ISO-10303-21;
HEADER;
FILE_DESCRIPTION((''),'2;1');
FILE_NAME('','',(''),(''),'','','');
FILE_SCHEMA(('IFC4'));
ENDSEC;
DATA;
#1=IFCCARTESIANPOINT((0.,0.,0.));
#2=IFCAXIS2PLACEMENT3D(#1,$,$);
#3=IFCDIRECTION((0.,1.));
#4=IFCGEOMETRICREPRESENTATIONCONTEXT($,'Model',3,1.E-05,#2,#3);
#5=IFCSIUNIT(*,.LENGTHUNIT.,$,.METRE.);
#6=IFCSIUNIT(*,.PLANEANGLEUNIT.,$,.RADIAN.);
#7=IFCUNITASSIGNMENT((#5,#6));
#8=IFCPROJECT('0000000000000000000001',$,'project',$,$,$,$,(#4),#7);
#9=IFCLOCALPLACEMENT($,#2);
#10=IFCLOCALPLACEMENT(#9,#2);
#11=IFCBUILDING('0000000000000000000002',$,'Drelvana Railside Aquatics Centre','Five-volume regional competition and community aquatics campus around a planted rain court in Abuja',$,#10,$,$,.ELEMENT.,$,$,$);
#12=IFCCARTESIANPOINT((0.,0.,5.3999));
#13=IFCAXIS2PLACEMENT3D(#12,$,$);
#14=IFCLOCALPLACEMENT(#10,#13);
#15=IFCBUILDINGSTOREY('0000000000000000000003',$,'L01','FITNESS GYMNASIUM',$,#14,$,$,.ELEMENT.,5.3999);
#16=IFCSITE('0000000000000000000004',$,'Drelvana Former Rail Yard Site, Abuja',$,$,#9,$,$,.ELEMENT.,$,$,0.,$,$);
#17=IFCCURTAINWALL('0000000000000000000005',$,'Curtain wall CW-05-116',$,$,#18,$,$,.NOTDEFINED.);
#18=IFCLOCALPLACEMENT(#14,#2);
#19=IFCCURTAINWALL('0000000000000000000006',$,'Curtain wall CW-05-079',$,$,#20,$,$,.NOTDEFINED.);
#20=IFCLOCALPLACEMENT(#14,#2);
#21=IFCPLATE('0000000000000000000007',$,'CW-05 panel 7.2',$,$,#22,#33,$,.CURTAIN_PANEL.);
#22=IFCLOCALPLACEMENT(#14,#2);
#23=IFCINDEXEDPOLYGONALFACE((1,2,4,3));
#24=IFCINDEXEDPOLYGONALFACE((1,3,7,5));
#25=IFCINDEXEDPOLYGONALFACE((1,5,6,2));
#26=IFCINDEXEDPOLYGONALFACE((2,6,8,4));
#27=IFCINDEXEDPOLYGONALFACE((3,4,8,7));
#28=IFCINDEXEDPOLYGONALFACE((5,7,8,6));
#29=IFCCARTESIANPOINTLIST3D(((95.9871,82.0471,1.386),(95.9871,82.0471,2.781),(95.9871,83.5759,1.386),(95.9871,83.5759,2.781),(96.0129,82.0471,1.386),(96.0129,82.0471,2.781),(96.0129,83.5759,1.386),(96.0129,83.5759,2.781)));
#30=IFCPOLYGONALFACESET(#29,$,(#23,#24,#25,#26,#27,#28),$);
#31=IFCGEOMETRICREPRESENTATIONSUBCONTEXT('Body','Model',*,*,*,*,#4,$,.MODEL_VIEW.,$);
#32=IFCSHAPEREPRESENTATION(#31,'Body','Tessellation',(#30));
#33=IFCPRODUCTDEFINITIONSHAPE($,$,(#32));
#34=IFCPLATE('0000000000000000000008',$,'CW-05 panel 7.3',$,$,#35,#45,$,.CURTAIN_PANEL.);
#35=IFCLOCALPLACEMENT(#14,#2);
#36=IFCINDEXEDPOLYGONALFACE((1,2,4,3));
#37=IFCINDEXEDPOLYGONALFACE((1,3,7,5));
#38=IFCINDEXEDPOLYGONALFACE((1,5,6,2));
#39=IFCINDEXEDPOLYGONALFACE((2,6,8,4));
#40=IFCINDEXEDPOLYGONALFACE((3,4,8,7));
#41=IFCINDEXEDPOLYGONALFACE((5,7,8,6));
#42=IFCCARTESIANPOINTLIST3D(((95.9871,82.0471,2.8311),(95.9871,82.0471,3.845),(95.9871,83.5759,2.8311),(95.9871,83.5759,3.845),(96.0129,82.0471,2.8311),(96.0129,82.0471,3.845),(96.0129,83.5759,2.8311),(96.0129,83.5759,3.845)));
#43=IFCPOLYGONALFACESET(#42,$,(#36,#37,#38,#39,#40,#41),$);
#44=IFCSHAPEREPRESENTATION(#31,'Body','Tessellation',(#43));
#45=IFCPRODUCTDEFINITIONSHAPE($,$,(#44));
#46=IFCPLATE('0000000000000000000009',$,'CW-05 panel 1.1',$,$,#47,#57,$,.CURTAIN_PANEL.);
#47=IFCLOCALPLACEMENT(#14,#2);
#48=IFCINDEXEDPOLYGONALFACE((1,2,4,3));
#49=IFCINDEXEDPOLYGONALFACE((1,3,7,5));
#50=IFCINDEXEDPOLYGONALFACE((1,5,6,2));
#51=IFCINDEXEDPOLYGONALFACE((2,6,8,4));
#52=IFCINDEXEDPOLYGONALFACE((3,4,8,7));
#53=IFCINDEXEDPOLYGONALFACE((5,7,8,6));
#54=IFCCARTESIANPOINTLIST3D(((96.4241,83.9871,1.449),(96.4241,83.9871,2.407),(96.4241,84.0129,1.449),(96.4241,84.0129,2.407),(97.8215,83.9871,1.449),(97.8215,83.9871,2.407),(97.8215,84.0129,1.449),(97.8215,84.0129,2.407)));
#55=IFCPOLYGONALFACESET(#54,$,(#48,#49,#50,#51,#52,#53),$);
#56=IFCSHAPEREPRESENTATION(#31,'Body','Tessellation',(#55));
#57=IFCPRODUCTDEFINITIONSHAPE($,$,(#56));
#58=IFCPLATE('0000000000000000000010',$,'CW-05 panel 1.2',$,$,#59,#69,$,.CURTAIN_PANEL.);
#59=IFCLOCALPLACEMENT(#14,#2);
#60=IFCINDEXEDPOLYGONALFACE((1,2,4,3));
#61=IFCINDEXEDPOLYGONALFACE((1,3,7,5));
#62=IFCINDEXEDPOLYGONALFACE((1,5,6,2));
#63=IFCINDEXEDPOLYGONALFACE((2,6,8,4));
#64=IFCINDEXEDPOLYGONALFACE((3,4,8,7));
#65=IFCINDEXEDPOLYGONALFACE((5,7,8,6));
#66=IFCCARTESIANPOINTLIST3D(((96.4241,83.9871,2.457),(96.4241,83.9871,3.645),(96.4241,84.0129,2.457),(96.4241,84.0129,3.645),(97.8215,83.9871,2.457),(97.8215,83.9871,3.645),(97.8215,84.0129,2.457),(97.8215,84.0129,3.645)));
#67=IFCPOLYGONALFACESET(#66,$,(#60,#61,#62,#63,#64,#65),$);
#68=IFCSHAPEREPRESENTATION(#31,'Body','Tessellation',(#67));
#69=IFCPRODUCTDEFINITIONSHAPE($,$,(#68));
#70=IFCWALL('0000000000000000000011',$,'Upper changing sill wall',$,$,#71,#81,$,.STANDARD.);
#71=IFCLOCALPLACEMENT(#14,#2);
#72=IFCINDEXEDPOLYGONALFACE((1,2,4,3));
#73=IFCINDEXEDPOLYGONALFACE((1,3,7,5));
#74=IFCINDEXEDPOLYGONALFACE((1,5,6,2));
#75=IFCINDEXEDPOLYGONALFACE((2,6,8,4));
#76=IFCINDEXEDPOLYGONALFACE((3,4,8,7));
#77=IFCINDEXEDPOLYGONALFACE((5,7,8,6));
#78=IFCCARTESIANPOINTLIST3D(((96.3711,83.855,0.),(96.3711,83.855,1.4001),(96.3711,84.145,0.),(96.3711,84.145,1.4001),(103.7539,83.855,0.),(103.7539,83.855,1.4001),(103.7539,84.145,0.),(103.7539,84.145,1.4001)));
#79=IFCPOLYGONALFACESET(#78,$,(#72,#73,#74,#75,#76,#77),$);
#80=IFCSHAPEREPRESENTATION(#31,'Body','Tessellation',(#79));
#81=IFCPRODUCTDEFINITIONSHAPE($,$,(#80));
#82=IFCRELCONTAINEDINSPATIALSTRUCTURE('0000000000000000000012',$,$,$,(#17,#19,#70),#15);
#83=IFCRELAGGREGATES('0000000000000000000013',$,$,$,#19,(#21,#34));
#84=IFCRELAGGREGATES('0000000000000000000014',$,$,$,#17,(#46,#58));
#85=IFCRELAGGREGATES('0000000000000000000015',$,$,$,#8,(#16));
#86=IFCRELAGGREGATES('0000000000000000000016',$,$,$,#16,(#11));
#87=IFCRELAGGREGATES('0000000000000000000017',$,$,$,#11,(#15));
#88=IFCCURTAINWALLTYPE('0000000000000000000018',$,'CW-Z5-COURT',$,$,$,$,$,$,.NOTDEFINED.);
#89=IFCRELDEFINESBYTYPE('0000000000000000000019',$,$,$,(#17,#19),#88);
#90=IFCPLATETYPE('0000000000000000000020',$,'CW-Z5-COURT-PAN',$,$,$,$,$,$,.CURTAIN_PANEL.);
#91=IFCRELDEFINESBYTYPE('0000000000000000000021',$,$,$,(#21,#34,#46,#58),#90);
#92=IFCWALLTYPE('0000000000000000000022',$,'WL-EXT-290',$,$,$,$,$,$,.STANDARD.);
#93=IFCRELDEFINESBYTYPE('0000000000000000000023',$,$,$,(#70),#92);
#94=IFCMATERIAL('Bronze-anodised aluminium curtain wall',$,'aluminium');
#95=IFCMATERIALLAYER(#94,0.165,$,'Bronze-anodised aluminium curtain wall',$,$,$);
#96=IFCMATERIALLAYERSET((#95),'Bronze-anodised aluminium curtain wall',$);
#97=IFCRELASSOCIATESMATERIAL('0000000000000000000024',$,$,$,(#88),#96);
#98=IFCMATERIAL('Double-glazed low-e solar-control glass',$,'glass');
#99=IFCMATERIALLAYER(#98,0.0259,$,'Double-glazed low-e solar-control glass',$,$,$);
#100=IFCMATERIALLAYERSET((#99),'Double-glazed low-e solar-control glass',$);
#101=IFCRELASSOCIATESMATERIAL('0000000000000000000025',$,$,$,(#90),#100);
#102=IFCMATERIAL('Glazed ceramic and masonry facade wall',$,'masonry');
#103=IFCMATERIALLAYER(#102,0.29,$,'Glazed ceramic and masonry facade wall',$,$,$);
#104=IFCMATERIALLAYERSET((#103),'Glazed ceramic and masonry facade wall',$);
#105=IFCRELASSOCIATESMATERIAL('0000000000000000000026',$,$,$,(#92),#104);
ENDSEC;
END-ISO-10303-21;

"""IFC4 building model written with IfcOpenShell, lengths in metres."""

from ifc_helpers import new_model, si_unit, direction, frame, frame_2d, origin, origin_2d, place, context, subcontext, project, spatial, rectangle, extrude, material, layer, layer_set, type_object, element, aggregate, save


model = new_model("IFC4")

# Units and contexts
model_context = context("Model", 3, precision=1e-05, world=origin(), true_north=direction((0.0, 1.0)))
body_context = subcontext(model_context, "Body", "Model", "MODEL_VIEW")
ifc_project = project(units=[si_unit("LENGTHUNIT", "METRE"), si_unit("PLANEANGLEUNIT", "RADIAN")], contexts=[model_context])

# Site, building, storey
site_placement = place(None, origin())
site = spatial("IfcSite", under=ifc_project, at=site_placement, Name="Drelvana Former Rail Yard Site, Abuja", CompositionType="ELEMENT", RefElevation=0.0)
building_placement = place(site_placement, origin())
building = spatial("IfcBuilding", under=site, at=building_placement, Name="Drelvana Railside Aquatics Centre", Description="Five-volume regional competition and community aquatics campus around a planted rain court in Abuja", CompositionType="ELEMENT")
storey_placement = place(building_placement, frame((0.0, 0.0, 5.3999)))
storey = spatial("IfcBuildingStorey", under=building, at=storey_placement, Name="L01", Description="FITNESS GYMNASIUM", CompositionType="ELEMENT", Elevation=5.3999)

# Curtain walls
ifc_material_1 = material(Name="Bronze-anodised aluminium curtain wall", Category="aluminium")
ifc_layer_1 = layer(ifc_material_1, 0.165, Name="Bronze-anodised aluminium curtain wall")
ifc_layer_set_1 = layer_set([ifc_layer_1], Name="Bronze-anodised aluminium curtain wall")
curtain_wall_type = type_object("IfcCurtainWallType", Name="CW-Z5-COURT", PredefinedType="NOTDEFINED", material=ifc_layer_set_1)
curtain_wall_1_placement = place(storey_placement, origin())
curtain_wall_1 = element("IfcCurtainWall", 1, at=curtain_wall_1_placement, inside=storey, type_object=curtain_wall_type, Name="Curtain wall CW-05-116", PredefinedType="NOTDEFINED")
curtain_wall_2_placement = place(storey_placement, origin())
curtain_wall_2 = element("IfcCurtainWall", 2, at=curtain_wall_2_placement, inside=storey, type_object=curtain_wall_type, Name="Curtain wall CW-05-079", PredefinedType="NOTDEFINED")

# Plates
ifc_material_2 = material(Name="Double-glazed low-e solar-control glass", Category="glass")
ifc_layer_2 = layer(ifc_material_2, 0.0259, Name="Double-glazed low-e solar-control glass")
ifc_layer_set_2 = layer_set([ifc_layer_2], Name="Double-glazed low-e solar-control glass")
plate_type = type_object("IfcPlateType", Name="CW-Z5-COURT-PAN", PredefinedType="CURTAIN_PANEL", material=ifc_layer_set_2)
plate_1_placement = place(storey_placement, frame((96.0, 82.8115, 1.386), z_axis=(0.0, 0.0, 1.0), x_axis=(0.0, 1.0, 0.0)))
plate_1 = element("IfcPlate", 3, at=plate_1_placement, type_object=plate_type, Name="CW-05 panel 7.2", PredefinedType="CURTAIN_PANEL", context=body_context, shape_type="SweptSolid", body=[
    extrude(rectangle(XDim=1.5288, YDim=0.0259, at=origin_2d()), origin(), (0.0, 0.0, 1.0), 1.395),
])
plate_2_placement = place(storey_placement, frame((96.0, 82.8115, 2.8311), z_axis=(0.0, 0.0, 1.0), x_axis=(0.0, 1.0, 0.0)))
plate_2 = element("IfcPlate", 4, at=plate_2_placement, type_object=plate_type, Name="CW-05 panel 7.3", PredefinedType="CURTAIN_PANEL", context=body_context, shape_type="SweptSolid", body=[
    extrude(rectangle(XDim=1.5288, YDim=0.0259, at=origin_2d()), origin(), (0.0, 0.0, 1.0), 1.0139),
])
aggregate(curtain_wall_2, [plate_1, plate_2])
plate_3_placement = place(storey_placement, frame((97.1228, 84.0, 1.449), z_axis=(0.0, 0.0, 1.0), x_axis=(1.0, 0.0, 0.0)))
plate_3 = element("IfcPlate", 5, at=plate_3_placement, type_object=plate_type, Name="CW-05 panel 1.1", PredefinedType="CURTAIN_PANEL", context=body_context, shape_type="SweptSolid", body=[
    extrude(rectangle(XDim=1.3975, YDim=0.0259, at=origin_2d()), origin(), (0.0, 0.0, 1.0), 0.958),
])
plate_4_placement = place(storey_placement, frame((97.1228, 84.0, 2.457), z_axis=(0.0, 0.0, 1.0), x_axis=(1.0, 0.0, 0.0)))
plate_4 = element("IfcPlate", 6, at=plate_4_placement, type_object=plate_type, Name="CW-05 panel 1.2", PredefinedType="CURTAIN_PANEL", context=body_context, shape_type="SweptSolid", body=[
    extrude(rectangle(XDim=1.3975, YDim=0.0259, at=origin_2d()), origin(), (0.0, 0.0, 1.0), 1.188),
])
aggregate(curtain_wall_1, [plate_3, plate_4])

# Wall
ifc_material_3 = material(Name="Glazed ceramic and masonry facade wall", Category="masonry")
ifc_layer_3 = layer(ifc_material_3, 0.29, Name="Glazed ceramic and masonry facade wall")
ifc_layer_set_3 = layer_set([ifc_layer_3], Name="Glazed ceramic and masonry facade wall")
wall_type = type_object("IfcWallType", Name="WL-EXT-290", PredefinedType="STANDARD", material=ifc_layer_set_3)
wall_placement = place(storey_placement, frame((96.3711, 84.0, 0.0), z_axis=(0.0, 0.0, 1.0), x_axis=(1.0, 0.0, 0.0)))
element("IfcWall", 7, at=wall_placement, inside=storey, type_object=wall_type, Name="Upper changing sill wall", PredefinedType="STANDARD", context=body_context, shape_type="SweptSolid", body=[
    extrude(rectangle(XDim=7.3828, YDim=0.29, at=frame_2d((3.6914, 0.0))), origin(), (0.0, 0.0, 1.0), 1.4001),
])

save(model, "model.ifc")
